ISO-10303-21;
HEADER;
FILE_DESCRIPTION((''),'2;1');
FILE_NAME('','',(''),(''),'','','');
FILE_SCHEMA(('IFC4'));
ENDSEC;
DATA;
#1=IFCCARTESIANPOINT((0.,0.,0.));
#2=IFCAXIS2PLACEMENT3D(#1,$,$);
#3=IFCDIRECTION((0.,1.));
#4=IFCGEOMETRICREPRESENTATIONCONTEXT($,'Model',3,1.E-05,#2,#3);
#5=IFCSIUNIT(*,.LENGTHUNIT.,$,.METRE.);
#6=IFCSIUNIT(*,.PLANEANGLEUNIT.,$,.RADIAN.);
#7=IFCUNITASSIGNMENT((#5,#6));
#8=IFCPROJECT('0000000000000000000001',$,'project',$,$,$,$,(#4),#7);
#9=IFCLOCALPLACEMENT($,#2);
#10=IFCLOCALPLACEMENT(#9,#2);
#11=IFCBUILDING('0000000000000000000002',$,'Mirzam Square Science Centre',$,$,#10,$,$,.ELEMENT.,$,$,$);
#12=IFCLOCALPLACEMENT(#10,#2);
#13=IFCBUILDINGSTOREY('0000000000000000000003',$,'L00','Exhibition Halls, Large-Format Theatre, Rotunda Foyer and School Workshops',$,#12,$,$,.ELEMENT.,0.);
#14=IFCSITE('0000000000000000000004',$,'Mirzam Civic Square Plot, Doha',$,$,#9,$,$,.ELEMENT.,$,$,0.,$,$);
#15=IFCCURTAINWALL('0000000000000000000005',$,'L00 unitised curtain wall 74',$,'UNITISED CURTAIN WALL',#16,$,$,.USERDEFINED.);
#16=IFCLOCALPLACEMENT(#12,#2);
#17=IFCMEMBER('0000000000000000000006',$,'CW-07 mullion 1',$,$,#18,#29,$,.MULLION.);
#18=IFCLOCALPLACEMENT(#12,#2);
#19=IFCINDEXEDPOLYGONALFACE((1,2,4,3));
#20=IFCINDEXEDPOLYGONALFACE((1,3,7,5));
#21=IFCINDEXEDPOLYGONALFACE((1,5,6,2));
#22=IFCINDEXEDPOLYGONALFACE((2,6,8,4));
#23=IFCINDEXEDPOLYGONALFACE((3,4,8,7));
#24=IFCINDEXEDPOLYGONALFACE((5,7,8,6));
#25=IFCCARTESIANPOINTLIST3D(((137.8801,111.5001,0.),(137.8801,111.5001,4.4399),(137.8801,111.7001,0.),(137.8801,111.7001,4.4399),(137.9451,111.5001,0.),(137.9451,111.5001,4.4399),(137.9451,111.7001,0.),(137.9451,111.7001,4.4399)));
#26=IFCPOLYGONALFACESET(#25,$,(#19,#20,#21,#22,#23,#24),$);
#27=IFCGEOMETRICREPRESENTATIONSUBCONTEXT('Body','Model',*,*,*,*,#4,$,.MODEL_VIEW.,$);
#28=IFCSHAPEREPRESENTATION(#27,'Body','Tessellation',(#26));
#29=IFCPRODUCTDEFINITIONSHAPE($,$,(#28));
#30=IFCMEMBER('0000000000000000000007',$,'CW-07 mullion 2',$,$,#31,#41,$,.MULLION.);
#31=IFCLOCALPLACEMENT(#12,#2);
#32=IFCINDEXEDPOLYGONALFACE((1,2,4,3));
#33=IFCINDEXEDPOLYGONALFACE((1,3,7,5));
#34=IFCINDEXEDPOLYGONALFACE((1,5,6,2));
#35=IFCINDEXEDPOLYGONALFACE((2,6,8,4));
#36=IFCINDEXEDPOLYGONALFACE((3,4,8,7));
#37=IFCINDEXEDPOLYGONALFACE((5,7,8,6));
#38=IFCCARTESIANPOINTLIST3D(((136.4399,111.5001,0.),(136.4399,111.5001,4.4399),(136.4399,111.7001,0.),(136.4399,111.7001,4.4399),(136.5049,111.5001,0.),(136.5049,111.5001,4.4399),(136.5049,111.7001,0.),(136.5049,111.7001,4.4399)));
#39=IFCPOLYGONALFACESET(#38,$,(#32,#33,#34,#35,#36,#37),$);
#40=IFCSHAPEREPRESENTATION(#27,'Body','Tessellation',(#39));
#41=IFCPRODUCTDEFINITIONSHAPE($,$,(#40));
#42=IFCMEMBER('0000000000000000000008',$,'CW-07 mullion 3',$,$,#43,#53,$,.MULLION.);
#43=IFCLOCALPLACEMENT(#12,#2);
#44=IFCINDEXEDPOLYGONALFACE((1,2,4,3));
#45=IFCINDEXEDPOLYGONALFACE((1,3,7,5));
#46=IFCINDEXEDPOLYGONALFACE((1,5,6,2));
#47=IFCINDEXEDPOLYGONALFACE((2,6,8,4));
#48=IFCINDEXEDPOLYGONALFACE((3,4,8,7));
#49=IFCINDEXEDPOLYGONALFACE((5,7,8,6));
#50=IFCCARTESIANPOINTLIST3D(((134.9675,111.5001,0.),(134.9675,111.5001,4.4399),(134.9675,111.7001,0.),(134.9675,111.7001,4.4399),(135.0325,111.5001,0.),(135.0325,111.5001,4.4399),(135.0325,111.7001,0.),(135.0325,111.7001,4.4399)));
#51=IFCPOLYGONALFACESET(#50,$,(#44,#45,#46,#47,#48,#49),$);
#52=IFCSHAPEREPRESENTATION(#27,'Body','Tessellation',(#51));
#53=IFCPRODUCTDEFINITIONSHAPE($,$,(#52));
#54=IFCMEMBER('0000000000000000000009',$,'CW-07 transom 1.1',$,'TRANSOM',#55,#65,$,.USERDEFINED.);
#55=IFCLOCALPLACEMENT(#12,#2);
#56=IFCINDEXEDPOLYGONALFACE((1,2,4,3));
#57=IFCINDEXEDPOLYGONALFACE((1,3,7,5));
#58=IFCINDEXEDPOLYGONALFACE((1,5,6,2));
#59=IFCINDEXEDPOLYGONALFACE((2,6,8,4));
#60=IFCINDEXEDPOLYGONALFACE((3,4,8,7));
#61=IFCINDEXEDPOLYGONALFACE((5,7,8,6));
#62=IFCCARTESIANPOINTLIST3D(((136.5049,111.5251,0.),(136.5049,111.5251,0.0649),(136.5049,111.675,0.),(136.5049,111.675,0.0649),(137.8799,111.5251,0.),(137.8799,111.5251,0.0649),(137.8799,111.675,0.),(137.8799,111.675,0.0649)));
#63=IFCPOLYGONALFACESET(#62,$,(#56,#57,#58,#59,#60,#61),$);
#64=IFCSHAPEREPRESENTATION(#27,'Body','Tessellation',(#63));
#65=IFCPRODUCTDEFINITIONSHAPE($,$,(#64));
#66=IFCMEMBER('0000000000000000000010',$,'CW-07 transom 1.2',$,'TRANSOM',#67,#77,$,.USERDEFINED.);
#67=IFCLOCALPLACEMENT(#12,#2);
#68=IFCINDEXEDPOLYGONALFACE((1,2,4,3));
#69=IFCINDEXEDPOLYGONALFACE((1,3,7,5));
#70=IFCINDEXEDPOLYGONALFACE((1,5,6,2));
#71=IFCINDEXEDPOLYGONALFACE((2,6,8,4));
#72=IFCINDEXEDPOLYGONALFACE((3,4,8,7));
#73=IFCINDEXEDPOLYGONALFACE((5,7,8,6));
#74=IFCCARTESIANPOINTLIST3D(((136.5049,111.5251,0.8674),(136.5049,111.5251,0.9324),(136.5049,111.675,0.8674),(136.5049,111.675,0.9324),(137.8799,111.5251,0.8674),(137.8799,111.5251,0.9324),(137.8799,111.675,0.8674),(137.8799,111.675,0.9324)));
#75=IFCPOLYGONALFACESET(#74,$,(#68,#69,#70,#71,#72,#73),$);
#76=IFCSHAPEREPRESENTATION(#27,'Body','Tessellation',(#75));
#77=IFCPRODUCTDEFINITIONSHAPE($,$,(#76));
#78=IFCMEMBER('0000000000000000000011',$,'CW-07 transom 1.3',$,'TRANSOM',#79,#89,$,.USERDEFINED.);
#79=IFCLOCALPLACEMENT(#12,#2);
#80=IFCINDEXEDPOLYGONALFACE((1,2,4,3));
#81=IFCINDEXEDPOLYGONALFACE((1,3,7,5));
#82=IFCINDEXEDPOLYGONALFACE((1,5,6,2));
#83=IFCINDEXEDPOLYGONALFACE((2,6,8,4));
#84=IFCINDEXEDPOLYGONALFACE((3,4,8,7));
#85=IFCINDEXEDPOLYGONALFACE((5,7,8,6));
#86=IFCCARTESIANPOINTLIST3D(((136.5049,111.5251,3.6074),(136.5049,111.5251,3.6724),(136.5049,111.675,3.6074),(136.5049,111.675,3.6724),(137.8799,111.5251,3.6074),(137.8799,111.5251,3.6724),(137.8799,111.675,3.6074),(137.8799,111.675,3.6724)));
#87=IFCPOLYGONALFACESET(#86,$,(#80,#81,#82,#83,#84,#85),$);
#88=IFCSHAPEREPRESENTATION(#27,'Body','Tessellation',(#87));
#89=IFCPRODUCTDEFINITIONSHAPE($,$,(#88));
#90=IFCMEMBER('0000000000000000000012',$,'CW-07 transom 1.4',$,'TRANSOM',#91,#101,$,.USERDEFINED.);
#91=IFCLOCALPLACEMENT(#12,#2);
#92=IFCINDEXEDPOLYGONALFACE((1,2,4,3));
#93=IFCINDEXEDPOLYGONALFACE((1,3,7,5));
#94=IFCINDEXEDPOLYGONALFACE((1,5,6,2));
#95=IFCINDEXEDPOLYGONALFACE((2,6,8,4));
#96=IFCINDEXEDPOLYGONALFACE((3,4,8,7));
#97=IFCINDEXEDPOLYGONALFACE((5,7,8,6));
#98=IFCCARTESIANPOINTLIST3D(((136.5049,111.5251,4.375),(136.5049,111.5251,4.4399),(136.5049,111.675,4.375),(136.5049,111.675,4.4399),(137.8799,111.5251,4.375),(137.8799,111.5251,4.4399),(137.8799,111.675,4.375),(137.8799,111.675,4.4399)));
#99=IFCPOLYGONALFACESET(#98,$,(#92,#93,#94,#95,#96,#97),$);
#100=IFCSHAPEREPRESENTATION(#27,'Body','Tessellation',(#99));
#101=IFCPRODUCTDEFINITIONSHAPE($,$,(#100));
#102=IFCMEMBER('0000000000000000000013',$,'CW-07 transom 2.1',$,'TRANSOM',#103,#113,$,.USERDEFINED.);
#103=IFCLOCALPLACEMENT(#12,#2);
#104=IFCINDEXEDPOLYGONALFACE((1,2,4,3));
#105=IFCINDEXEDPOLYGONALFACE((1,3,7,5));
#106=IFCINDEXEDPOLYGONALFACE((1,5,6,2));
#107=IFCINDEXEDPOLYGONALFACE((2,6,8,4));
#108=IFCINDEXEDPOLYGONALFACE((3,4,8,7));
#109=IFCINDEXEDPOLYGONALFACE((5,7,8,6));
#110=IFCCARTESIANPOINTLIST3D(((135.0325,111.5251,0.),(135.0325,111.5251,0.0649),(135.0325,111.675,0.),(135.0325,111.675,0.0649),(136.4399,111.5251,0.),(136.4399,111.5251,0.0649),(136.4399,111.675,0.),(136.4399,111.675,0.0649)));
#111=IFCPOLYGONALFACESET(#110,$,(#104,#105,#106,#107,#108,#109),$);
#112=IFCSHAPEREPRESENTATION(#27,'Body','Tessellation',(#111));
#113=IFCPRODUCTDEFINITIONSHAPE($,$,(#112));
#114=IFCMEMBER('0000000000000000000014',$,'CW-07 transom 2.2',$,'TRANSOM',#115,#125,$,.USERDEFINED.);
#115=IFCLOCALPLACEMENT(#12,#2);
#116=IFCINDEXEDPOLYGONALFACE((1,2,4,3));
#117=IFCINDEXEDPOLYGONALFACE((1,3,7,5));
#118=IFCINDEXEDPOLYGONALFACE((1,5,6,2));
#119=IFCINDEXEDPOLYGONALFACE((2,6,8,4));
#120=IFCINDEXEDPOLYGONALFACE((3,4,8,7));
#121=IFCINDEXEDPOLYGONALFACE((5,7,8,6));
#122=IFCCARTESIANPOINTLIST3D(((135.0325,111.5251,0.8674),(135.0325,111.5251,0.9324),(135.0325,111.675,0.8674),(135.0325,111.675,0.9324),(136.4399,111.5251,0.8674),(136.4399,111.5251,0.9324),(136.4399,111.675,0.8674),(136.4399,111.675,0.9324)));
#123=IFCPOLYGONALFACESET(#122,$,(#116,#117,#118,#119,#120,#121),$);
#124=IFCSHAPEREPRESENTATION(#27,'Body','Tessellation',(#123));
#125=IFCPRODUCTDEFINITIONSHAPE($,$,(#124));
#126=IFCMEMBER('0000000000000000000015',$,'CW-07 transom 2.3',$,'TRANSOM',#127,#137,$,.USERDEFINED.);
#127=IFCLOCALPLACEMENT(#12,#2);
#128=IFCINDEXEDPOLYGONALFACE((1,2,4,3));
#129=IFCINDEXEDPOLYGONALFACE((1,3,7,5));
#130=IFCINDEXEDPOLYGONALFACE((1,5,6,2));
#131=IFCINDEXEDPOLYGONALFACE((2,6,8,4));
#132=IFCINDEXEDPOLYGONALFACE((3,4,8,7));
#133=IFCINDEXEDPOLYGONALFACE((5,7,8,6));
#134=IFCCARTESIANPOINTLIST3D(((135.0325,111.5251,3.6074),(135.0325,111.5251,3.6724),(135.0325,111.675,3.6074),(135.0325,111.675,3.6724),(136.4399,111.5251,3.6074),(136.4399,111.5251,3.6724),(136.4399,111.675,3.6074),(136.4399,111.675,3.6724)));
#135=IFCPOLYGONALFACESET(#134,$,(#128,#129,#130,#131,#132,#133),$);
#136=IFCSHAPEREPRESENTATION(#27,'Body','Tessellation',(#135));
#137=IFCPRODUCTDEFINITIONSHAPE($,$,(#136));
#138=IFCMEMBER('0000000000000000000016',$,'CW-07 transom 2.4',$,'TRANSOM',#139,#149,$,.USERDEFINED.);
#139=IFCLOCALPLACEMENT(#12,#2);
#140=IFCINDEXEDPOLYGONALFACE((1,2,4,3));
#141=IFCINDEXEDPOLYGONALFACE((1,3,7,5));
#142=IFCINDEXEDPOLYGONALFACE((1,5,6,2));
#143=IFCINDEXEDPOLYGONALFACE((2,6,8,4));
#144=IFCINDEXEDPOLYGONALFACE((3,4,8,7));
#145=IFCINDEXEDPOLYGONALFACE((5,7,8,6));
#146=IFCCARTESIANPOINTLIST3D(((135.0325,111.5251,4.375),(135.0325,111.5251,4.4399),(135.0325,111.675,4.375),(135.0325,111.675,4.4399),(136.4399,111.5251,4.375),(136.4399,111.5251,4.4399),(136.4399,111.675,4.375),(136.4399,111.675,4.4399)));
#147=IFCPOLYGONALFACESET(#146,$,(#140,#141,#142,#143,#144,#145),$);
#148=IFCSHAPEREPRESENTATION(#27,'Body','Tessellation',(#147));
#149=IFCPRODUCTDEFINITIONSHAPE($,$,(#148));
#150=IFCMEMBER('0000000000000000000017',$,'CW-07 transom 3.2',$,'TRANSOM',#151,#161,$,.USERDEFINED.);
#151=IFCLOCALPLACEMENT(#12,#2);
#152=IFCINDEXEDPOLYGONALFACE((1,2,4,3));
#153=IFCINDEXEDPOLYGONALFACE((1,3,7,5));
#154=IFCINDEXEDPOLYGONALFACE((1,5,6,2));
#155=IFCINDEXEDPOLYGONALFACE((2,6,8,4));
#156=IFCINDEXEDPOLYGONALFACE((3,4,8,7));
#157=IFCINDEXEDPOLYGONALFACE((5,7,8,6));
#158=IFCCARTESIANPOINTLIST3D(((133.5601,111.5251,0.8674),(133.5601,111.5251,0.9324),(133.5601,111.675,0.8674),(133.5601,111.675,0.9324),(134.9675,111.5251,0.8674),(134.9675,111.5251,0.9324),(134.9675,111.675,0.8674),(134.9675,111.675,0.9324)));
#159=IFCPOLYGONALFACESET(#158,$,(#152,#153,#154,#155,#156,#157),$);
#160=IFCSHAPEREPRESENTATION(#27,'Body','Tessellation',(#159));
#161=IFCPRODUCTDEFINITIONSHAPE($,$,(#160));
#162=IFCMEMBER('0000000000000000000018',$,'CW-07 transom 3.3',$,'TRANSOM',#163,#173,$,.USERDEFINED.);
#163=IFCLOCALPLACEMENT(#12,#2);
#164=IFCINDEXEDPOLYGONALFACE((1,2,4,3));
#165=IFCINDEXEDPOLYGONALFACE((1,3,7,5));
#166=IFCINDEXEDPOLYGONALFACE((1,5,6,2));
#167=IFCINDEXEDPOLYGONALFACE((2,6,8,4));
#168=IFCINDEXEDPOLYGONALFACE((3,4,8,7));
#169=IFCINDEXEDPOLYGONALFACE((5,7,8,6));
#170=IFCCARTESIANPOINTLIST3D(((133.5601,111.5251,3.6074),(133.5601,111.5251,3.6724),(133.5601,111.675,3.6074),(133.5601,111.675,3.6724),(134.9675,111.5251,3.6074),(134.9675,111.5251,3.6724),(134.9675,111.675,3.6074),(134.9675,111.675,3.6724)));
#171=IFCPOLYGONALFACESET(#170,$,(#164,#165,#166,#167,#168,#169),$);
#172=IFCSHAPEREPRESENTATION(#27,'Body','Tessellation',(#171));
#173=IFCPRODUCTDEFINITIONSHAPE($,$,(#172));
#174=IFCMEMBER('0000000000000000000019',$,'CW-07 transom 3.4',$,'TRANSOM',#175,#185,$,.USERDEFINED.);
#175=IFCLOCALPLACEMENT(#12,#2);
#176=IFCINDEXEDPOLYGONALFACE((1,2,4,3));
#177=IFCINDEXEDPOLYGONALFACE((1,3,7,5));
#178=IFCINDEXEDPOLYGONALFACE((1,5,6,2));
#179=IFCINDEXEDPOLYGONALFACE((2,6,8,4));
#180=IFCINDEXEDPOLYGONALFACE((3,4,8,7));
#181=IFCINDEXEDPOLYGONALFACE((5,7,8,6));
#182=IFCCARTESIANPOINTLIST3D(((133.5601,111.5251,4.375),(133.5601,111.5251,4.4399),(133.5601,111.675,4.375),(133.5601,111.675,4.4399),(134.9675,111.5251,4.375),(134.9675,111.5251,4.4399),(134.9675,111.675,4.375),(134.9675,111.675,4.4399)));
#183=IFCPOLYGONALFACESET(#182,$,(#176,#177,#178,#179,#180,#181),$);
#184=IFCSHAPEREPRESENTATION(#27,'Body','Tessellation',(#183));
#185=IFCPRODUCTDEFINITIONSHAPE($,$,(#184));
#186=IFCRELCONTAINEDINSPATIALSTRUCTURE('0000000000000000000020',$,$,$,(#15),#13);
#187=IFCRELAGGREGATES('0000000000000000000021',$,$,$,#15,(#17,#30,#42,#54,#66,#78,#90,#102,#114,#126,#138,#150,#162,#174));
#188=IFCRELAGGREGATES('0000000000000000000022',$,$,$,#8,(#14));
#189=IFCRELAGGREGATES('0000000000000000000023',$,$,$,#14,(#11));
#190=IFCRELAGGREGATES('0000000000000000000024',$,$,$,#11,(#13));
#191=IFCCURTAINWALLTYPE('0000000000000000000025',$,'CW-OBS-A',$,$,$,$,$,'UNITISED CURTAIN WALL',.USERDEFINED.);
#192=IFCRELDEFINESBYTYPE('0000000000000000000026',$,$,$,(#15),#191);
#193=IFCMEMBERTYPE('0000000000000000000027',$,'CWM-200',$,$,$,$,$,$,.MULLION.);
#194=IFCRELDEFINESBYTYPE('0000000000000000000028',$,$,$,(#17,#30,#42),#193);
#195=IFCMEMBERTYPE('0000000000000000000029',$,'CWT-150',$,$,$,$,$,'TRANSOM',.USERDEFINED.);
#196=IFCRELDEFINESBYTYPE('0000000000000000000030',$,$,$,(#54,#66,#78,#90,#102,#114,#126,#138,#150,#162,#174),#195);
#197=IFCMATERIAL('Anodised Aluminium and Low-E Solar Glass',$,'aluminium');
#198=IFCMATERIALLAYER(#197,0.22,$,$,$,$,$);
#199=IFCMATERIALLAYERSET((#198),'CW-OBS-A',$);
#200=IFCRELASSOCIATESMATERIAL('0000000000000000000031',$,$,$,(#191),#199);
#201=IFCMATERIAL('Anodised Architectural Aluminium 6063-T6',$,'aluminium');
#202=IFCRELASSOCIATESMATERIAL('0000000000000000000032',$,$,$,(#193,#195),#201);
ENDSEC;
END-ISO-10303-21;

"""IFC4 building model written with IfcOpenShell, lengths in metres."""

from ifc_helpers import new_model, si_unit, direction, frame, origin, origin_2d, place, context, subcontext, project, spatial, rectangle, extrude, material, layer, layer_set, material_profile, profile_set, type_object, element, aggregate, save


model = new_model("IFC4")

# Units and contexts
model_context = context("Model", 3, precision=1e-05, world=origin(), true_north=direction((0.0, 1.0)))
body_context = subcontext(model_context, "Body", "Model", "MODEL_VIEW")
ifc_project = project(units=[si_unit("LENGTHUNIT", "METRE"), si_unit("PLANEANGLEUNIT", "RADIAN")], contexts=[model_context])

# Site, building, storey
site_placement = place(None, origin())
site = spatial("IfcSite", under=ifc_project, at=site_placement, Name="Mirzam Civic Square Plot, Doha", CompositionType="ELEMENT", RefElevation=0.0)
building_placement = place(site_placement, origin())
building = spatial("IfcBuilding", under=site, at=building_placement, Name="Mirzam Square Science Centre", CompositionType="ELEMENT")
storey_placement = place(building_placement, origin())
storey = spatial("IfcBuildingStorey", under=building, at=storey_placement, Name="L00", Description="Exhibition Halls, Large-Format Theatre, Rotunda Foyer and School Workshops", CompositionType="ELEMENT", Elevation=0.0)

# Curtain wall, members
ifc_material_1 = material(Name="Anodised Aluminium and Low-E Solar Glass", Category="aluminium")
ifc_layer_1 = layer(ifc_material_1, 0.22)
ifc_layer_set_1 = layer_set([ifc_layer_1], Name="CW-OBS-A")
curtain_wall_type = type_object("IfcCurtainWallType", Name="CW-OBS-A", ElementType="UNITISED CURTAIN WALL", PredefinedType="USERDEFINED", material=ifc_layer_set_1)
curtain_wall_placement = place(storey_placement, origin())
curtain_wall = element("IfcCurtainWall", 1, at=curtain_wall_placement, inside=storey, type_object=curtain_wall_type, Name="L00 unitised curtain wall 74", ObjectType="UNITISED CURTAIN WALL", PredefinedType="USERDEFINED")
ifc_material_2 = material(Name="Anodised Architectural Aluminium 6063-T6", Category="aluminium")
ifc_material_profile_1 = material_profile(ifc_material_2, rectangle(XDim=0.0649, YDim=0.2, at=origin_2d()), Name="ALU-MULL-200x65x5")
ifc_profile_set_1 = profile_set([ifc_material_profile_1], Name="Anodised Architectural Aluminium 6063-T6")
member_type_1 = type_object("IfcMemberType", Name="CWM-200", PredefinedType="MULLION", material=ifc_profile_set_1)
member_1_placement = place(storey_placement, frame((137.9126, 111.6001, 0.0), z_axis=(0.0, 0.0, 1.0), x_axis=(-1.0, 0.0, 0.0)))
member_1 = element("IfcMember", 2, at=member_1_placement, type_object=member_type_1, Name="CW-07 mullion 1", PredefinedType="MULLION", context=body_context, shape_type="SweptSolid", body=[
    extrude(rectangle(XDim=0.0649, YDim=0.2, at=origin_2d()), origin(), (0.0, 0.0, 1.0), 4.4399),
])
member_2_placement = place(storey_placement, frame((136.4724, 111.6001, 0.0), z_axis=(0.0, 0.0, 1.0), x_axis=(-1.0, 0.0, 0.0)))
member_2 = element("IfcMember", 3, at=member_2_placement, type_object=member_type_1, Name="CW-07 mullion 2", PredefinedType="MULLION", context=body_context, shape_type="SweptSolid", body=[
    extrude(rectangle(XDim=0.0649, YDim=0.2, at=origin_2d()), origin(), (0.0, 0.0, 1.0), 4.4399),
])
member_3_placement = place(storey_placement, frame((135.0, 111.6001, 0.0), z_axis=(0.0, 0.0, 1.0), x_axis=(-1.0, 0.0, 0.0)))
member_3 = element("IfcMember", 4, at=member_3_placement, type_object=member_type_1, Name="CW-07 mullion 3", PredefinedType="MULLION", context=body_context, shape_type="SweptSolid", body=[
    extrude(rectangle(XDim=0.0649, YDim=0.2, at=origin_2d()), origin(), (0.0, 0.0, 1.0), 4.4399),
])
ifc_material_profile_2 = material_profile(ifc_material_2, rectangle(XDim=0.1499, YDim=0.0649, at=origin_2d()), Name="ALU-TRAN-150x65x4")
ifc_profile_set_2 = profile_set([ifc_material_profile_2], Name="Anodised Architectural Aluminium 6063-T6")
member_type_2 = type_object("IfcMemberType", Name="CWT-150", ElementType="TRANSOM", PredefinedType="USERDEFINED", material=ifc_profile_set_2)
member_4_placement = place(storey_placement, frame((137.8799, 111.6001, 0.0325), z_axis=(-1.0, 0.0, 0.0), x_axis=(0.0, -1.0, 0.0)))
member_4 = element("IfcMember", 5, at=member_4_placement, type_object=member_type_2, Name="CW-07 transom 1.1", ObjectType="TRANSOM", PredefinedType="USERDEFINED", context=body_context, shape_type="SweptSolid", body=[
    extrude(rectangle(XDim=0.1499, YDim=0.0649, at=origin_2d()), origin(), (0.0, 0.0, 1.0), 1.375),
])
member_5_placement = place(storey_placement, frame((137.8799, 111.6001, 0.8999), z_axis=(-1.0, 0.0, 0.0), x_axis=(0.0, -1.0, 0.0)))
member_5 = element("IfcMember", 6, at=member_5_placement, type_object=member_type_2, Name="CW-07 transom 1.2", ObjectType="TRANSOM", PredefinedType="USERDEFINED", context=body_context, shape_type="SweptSolid", body=[
    extrude(rectangle(XDim=0.1499, YDim=0.0649, at=origin_2d()), origin(), (0.0, 0.0, 1.0), 1.375),
])
member_6_placement = place(storey_placement, frame((137.8799, 111.6001, 3.6399), z_axis=(-1.0, 0.0, 0.0), x_axis=(0.0, -1.0, 0.0)))
member_6 = element("IfcMember", 7, at=member_6_placement, type_object=member_type_2, Name="CW-07 transom 1.3", ObjectType="TRANSOM", PredefinedType="USERDEFINED", context=body_context, shape_type="SweptSolid", body=[
    extrude(rectangle(XDim=0.1499, YDim=0.0649, at=origin_2d()), origin(), (0.0, 0.0, 1.0), 1.375),
])
member_7_placement = place(storey_placement, frame((137.8799, 111.6001, 4.4075), z_axis=(-1.0, 0.0, 0.0), x_axis=(0.0, -1.0, 0.0)))
member_7 = element("IfcMember", 8, at=member_7_placement, type_object=member_type_2, Name="CW-07 transom 1.4", ObjectType="TRANSOM", PredefinedType="USERDEFINED", context=body_context, shape_type="SweptSolid", body=[
    extrude(rectangle(XDim=0.1499, YDim=0.0649, at=origin_2d()), origin(), (0.0, 0.0, 1.0), 1.375),
])
member_8_placement = place(storey_placement, frame((136.4399, 111.6001, 0.0325), z_axis=(-1.0, 0.0, 0.0), x_axis=(0.0, -1.0, 0.0)))
member_8 = element("IfcMember", 9, at=member_8_placement, type_object=member_type_2, Name="CW-07 transom 2.1", ObjectType="TRANSOM", PredefinedType="USERDEFINED", context=body_context, shape_type="SweptSolid", body=[
    extrude(rectangle(XDim=0.1499, YDim=0.0649, at=origin_2d()), origin(), (0.0, 0.0, 1.0), 1.4075),
])
member_9_placement = place(storey_placement, frame((136.4399, 111.6001, 0.8999), z_axis=(-1.0, 0.0, 0.0), x_axis=(0.0, -1.0, 0.0)))
member_9 = element("IfcMember", 10, at=member_9_placement, type_object=member_type_2, Name="CW-07 transom 2.2", ObjectType="TRANSOM", PredefinedType="USERDEFINED", context=body_context, shape_type="SweptSolid", body=[
    extrude(rectangle(XDim=0.1499, YDim=0.0649, at=origin_2d()), origin(), (0.0, 0.0, 1.0), 1.4075),
])
member_10_placement = place(storey_placement, frame((136.4399, 111.6001, 3.6399), z_axis=(-1.0, 0.0, 0.0), x_axis=(0.0, -1.0, 0.0)))
member_10 = element("IfcMember", 11, at=member_10_placement, type_object=member_type_2, Name="CW-07 transom 2.3", ObjectType="TRANSOM", PredefinedType="USERDEFINED", context=body_context, shape_type="SweptSolid", body=[
    extrude(rectangle(XDim=0.1499, YDim=0.0649, at=origin_2d()), origin(), (0.0, 0.0, 1.0), 1.4075),
])
member_11_placement = place(storey_placement, frame((136.4399, 111.6001, 4.4075), z_axis=(-1.0, 0.0, 0.0), x_axis=(0.0, -1.0, 0.0)))
member_11 = element("IfcMember", 12, at=member_11_placement, type_object=member_type_2, Name="CW-07 transom 2.4", ObjectType="TRANSOM", PredefinedType="USERDEFINED", context=body_context, shape_type="SweptSolid", body=[
    extrude(rectangle(XDim=0.1499, YDim=0.0649, at=origin_2d()), origin(), (0.0, 0.0, 1.0), 1.4075),
])
member_12_placement = place(storey_placement, frame((134.9675, 111.6001, 0.8999), z_axis=(-1.0, 0.0, 0.0), x_axis=(0.0, -1.0, 0.0)))
member_12 = element("IfcMember", 13, at=member_12_placement, type_object=member_type_2, Name="CW-07 transom 3.2", ObjectType="TRANSOM", PredefinedType="USERDEFINED", context=body_context, shape_type="SweptSolid", body=[
    extrude(rectangle(XDim=0.1499, YDim=0.0649, at=origin_2d()), origin(), (0.0, 0.0, 1.0), 1.4075),
])
member_13_placement = place(storey_placement, frame((134.9675, 111.6001, 3.6399), z_axis=(-1.0, 0.0, 0.0), x_axis=(0.0, -1.0, 0.0)))
member_13 = element("IfcMember", 14, at=member_13_placement, type_object=member_type_2, Name="CW-07 transom 3.3", ObjectType="TRANSOM", PredefinedType="USERDEFINED", context=body_context, shape_type="SweptSolid", body=[
    extrude(rectangle(XDim=0.1499, YDim=0.0649, at=origin_2d()), origin(), (0.0, 0.0, 1.0), 1.4075),
])
member_14_placement = place(storey_placement, frame((134.9675, 111.6001, 4.4075), z_axis=(-1.0, 0.0, 0.0), x_axis=(0.0, -1.0, 0.0)))
member_14 = element("IfcMember", 15, at=member_14_placement, type_object=member_type_2, Name="CW-07 transom 3.4", ObjectType="TRANSOM", PredefinedType="USERDEFINED", context=body_context, shape_type="SweptSolid", body=[
    extrude(rectangle(XDim=0.1499, YDim=0.0649, at=origin_2d()), origin(), (0.0, 0.0, 1.0), 1.4075),
])
aggregate(curtain_wall, [member_1, member_2, member_3, member_4, member_5, member_6, member_7, member_8, member_9, member_10, member_11, member_12, member_13, member_14])

save(model, "model.ifc")
